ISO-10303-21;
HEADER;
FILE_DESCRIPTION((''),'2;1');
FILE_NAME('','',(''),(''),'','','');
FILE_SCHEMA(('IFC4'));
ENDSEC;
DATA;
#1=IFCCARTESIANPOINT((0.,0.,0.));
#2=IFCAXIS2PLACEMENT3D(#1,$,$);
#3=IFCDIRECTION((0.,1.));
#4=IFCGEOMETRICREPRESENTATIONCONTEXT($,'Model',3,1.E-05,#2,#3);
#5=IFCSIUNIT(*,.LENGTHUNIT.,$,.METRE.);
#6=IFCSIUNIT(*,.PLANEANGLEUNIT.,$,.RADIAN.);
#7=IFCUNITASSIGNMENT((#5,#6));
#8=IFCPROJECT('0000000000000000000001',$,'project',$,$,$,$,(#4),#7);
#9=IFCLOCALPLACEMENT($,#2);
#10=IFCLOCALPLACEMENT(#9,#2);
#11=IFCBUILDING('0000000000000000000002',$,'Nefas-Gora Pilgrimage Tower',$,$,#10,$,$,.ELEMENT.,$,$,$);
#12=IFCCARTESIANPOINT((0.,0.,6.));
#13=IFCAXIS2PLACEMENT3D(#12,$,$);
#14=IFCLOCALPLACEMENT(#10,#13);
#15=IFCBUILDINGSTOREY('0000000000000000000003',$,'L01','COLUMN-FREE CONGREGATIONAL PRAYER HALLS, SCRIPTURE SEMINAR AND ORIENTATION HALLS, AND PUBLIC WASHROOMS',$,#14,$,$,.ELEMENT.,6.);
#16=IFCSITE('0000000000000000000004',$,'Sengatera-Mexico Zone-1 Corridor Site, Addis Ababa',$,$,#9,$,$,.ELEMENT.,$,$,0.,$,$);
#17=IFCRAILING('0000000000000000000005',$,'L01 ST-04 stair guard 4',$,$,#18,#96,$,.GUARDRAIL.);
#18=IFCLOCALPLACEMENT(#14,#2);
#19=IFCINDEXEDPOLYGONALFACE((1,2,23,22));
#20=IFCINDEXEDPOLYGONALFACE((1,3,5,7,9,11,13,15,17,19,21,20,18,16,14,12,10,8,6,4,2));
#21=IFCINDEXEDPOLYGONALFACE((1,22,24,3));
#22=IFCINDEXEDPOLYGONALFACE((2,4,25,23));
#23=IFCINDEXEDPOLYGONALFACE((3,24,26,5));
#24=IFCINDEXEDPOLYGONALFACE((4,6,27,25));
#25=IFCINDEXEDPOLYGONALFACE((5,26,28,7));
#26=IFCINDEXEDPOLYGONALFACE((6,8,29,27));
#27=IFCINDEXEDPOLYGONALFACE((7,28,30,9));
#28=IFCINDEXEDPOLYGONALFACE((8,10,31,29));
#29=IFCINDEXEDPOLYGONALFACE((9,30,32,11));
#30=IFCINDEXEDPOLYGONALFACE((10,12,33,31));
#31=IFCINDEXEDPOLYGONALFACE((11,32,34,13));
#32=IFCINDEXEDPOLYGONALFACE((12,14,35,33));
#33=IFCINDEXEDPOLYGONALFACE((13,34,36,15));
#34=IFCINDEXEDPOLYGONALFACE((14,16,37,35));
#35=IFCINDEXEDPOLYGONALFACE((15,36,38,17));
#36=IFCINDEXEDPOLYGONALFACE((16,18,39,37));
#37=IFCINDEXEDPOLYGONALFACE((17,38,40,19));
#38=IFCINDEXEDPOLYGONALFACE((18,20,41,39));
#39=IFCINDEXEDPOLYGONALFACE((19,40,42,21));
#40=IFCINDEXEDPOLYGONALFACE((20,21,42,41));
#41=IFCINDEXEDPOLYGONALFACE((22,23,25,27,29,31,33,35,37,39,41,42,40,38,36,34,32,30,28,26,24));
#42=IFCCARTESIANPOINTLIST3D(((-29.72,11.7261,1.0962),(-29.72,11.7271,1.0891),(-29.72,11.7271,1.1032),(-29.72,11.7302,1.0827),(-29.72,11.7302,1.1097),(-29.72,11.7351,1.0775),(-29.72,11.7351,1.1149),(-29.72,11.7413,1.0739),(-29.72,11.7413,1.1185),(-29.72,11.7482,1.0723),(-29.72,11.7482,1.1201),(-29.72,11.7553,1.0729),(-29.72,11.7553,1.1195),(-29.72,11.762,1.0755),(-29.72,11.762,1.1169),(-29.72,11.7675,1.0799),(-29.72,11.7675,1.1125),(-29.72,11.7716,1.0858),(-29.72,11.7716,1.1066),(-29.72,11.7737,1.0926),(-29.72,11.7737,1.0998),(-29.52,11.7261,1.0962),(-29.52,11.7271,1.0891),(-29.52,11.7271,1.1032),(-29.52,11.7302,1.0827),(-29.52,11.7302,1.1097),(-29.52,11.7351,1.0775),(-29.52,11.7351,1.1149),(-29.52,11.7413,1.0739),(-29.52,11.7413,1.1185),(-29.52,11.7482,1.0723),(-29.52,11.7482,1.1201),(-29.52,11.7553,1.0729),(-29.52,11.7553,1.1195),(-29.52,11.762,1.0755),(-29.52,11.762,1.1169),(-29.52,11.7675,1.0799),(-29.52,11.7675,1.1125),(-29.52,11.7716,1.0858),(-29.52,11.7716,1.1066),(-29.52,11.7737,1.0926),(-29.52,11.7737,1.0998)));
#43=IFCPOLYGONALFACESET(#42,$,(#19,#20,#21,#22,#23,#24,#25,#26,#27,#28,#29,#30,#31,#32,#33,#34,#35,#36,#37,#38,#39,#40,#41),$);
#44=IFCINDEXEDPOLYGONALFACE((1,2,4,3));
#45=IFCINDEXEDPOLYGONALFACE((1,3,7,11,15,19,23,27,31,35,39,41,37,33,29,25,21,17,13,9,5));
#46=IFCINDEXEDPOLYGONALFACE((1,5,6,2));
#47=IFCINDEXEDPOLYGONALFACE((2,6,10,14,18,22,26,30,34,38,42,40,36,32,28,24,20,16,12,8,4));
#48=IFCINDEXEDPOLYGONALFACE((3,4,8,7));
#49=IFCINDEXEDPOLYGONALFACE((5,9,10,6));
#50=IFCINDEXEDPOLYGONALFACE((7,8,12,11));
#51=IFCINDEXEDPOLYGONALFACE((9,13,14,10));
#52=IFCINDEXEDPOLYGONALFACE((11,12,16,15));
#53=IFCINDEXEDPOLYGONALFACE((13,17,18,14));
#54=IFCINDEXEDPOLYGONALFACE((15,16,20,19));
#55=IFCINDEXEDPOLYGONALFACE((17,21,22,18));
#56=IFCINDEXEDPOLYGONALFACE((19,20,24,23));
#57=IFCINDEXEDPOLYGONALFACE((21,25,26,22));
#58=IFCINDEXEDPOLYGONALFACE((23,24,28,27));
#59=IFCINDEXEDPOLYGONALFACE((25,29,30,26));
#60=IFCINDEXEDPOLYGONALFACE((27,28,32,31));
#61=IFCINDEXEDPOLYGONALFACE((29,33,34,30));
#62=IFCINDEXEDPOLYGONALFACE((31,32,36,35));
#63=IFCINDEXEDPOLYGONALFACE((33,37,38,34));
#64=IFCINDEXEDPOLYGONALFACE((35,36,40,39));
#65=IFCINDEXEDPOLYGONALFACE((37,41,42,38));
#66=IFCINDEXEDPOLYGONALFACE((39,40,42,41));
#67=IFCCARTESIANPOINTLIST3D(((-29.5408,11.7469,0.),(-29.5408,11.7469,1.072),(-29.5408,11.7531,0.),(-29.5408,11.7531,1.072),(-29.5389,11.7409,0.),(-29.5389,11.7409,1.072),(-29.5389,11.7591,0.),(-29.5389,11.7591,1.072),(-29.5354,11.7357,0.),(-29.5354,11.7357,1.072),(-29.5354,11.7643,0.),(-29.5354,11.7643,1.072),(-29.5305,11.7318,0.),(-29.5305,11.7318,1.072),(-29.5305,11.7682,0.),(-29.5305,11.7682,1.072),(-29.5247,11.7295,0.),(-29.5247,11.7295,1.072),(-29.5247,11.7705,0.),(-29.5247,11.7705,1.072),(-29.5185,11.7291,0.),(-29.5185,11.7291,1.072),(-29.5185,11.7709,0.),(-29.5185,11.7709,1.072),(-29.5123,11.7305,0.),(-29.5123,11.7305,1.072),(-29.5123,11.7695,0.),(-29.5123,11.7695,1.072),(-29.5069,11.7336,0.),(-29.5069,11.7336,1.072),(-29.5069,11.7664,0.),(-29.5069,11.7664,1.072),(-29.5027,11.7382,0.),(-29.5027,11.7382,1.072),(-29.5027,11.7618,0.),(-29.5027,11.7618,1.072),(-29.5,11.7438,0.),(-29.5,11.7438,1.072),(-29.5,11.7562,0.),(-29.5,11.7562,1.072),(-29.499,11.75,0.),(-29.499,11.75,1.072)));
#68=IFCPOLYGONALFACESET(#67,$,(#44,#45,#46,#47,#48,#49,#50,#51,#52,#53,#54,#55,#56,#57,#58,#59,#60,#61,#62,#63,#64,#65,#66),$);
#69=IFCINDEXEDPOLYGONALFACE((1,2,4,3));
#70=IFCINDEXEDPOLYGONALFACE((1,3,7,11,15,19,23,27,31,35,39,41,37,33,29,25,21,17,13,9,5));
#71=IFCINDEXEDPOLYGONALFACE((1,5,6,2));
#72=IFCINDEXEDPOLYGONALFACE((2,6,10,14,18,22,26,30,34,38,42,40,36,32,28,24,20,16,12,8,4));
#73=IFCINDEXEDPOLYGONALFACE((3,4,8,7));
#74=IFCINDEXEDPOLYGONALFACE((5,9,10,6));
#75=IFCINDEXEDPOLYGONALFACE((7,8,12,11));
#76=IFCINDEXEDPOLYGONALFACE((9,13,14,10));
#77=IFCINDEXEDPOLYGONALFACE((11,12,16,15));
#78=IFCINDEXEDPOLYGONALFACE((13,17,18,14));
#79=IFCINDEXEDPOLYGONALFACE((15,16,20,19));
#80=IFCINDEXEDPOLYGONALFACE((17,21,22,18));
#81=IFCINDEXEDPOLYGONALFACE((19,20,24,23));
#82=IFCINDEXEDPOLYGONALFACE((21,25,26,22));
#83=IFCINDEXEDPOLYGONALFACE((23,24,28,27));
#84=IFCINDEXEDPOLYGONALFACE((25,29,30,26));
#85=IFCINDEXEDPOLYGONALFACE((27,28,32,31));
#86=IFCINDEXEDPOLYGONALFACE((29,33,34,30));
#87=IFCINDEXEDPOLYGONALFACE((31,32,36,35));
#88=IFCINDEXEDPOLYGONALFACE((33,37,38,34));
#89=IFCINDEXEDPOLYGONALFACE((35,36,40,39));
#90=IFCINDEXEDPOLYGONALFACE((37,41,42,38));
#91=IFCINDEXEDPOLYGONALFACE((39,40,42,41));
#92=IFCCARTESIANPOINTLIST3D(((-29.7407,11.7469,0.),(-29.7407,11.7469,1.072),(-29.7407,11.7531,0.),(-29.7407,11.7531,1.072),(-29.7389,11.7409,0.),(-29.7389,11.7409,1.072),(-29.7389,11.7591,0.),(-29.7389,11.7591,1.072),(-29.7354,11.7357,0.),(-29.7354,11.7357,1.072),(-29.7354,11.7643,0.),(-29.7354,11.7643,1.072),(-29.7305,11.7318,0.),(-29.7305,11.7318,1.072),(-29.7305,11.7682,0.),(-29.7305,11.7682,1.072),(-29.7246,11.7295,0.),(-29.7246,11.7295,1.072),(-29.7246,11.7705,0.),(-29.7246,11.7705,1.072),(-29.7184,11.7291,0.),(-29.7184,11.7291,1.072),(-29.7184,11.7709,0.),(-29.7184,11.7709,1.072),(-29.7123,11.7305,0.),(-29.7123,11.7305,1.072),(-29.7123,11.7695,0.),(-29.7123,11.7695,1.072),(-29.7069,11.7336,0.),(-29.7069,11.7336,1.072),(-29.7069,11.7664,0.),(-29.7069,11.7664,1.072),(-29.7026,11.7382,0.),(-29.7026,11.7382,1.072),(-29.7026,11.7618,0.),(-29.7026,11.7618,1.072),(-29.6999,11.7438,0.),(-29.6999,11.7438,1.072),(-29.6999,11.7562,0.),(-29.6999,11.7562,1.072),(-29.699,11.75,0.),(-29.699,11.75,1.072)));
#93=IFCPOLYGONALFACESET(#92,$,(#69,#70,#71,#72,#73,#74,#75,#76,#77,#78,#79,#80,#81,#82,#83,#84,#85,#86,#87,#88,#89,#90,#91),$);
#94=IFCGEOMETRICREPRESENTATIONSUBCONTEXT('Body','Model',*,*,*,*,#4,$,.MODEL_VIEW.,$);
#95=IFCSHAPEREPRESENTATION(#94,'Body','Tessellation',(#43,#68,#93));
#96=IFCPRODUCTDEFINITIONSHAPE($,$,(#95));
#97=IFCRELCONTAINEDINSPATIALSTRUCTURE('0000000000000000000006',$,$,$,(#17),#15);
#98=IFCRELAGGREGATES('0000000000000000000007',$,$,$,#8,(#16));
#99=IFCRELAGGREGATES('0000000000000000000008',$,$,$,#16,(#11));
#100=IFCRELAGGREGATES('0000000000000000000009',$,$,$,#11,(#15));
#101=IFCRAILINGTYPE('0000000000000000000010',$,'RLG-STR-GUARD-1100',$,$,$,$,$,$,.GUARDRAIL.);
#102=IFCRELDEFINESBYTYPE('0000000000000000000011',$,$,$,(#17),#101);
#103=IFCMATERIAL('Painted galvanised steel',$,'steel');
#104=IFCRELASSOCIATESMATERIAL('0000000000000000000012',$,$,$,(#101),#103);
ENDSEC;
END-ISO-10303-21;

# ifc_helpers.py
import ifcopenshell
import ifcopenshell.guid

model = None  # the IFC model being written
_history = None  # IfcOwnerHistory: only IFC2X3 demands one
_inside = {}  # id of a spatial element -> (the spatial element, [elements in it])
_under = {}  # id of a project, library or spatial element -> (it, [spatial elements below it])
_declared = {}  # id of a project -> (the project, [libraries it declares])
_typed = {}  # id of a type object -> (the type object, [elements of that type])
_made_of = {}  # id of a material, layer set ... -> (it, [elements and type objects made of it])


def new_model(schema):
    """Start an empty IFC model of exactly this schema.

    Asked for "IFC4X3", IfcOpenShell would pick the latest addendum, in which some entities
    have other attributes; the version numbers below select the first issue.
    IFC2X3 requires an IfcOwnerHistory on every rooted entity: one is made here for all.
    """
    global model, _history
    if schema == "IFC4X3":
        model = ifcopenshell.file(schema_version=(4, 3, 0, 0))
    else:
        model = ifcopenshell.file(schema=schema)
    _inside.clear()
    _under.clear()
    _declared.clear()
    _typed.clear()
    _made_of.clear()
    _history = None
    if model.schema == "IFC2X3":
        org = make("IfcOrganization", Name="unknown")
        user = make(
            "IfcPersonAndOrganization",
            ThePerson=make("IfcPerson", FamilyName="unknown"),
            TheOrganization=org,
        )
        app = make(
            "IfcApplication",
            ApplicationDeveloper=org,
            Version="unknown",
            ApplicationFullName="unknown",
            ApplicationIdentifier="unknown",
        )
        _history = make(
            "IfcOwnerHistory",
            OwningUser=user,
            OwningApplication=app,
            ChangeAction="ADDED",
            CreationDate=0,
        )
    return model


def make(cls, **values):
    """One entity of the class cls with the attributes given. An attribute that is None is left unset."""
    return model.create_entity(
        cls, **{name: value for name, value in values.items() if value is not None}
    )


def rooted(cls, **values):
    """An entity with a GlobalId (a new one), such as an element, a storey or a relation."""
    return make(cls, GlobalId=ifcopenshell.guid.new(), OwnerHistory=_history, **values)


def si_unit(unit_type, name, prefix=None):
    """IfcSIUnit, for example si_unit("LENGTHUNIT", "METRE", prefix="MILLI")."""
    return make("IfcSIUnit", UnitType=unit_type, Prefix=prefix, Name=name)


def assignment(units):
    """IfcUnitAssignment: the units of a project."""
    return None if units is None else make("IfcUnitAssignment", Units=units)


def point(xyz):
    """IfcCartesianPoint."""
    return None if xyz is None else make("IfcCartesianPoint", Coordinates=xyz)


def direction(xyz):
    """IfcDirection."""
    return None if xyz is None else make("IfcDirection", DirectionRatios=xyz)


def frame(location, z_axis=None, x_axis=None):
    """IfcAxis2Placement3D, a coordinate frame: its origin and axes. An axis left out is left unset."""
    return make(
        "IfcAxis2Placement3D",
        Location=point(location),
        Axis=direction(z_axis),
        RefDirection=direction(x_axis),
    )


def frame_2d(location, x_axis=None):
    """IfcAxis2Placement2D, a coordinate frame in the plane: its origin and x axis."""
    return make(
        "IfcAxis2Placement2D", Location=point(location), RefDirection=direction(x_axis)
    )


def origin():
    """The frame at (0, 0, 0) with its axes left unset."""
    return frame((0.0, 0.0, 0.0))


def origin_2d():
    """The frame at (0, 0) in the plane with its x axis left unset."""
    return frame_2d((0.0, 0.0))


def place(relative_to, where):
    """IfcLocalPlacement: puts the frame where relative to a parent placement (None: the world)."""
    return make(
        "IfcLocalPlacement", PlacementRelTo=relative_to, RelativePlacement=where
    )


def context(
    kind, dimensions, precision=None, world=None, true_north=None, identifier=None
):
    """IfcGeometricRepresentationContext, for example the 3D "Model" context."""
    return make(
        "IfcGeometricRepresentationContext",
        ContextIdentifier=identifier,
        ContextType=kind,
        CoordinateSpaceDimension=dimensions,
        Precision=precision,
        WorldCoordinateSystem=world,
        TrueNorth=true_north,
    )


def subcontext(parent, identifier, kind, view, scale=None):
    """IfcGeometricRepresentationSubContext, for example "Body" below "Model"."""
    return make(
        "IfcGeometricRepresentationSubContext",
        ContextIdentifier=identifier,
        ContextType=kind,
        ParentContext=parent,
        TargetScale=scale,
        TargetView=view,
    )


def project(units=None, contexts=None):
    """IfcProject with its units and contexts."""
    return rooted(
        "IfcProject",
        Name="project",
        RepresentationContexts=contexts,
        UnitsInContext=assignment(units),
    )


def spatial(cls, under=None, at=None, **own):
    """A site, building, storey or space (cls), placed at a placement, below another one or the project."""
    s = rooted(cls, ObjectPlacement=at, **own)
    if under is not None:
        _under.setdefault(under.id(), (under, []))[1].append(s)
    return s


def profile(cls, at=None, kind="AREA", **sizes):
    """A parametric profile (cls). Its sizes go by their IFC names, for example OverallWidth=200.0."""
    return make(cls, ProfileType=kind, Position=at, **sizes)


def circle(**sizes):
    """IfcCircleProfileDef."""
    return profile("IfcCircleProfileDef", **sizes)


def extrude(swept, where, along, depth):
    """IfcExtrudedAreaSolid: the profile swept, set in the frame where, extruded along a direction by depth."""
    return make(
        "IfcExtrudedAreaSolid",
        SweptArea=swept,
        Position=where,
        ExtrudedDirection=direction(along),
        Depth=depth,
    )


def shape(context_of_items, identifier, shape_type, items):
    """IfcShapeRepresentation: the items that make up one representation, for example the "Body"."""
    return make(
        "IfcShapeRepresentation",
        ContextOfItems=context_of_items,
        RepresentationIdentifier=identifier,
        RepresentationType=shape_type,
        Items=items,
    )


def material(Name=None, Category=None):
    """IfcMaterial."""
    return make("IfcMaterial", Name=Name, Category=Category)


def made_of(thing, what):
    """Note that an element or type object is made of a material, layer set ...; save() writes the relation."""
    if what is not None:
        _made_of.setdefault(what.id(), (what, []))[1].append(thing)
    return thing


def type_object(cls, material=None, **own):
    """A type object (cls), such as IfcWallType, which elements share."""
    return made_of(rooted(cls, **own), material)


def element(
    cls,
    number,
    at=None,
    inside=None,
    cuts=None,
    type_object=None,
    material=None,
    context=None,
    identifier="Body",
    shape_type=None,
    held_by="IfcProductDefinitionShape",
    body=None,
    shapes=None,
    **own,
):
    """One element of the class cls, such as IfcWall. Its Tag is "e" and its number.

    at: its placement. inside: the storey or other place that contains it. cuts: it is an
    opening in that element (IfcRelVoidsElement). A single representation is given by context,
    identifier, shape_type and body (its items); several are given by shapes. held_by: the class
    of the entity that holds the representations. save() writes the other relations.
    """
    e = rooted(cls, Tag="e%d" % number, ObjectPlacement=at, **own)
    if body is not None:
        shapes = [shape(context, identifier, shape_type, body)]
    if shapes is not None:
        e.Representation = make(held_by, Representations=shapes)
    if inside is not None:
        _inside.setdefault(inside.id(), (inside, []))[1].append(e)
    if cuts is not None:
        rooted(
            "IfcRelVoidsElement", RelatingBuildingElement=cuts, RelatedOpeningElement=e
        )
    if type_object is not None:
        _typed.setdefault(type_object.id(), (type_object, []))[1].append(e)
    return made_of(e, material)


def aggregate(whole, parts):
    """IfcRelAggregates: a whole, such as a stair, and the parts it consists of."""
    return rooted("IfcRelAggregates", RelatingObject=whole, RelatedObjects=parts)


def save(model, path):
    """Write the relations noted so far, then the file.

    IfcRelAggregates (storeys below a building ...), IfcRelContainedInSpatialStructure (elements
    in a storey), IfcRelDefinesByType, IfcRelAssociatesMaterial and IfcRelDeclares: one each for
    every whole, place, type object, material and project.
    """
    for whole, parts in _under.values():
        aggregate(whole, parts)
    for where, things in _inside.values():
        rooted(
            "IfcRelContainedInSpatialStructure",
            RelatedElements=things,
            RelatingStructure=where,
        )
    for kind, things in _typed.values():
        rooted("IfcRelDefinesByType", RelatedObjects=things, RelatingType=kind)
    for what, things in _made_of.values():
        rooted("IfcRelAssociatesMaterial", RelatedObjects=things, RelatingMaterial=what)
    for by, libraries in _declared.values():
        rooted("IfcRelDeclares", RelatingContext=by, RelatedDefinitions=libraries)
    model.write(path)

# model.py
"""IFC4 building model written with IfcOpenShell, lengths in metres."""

from ifc_helpers import new_model, si_unit, direction, frame, origin, origin_2d, place, context, subcontext, project, spatial, circle, extrude, material, type_object, element, save


model = new_model("IFC4")

# Units and contexts
model_context = context("Model", 3, precision=1e-05, world=origin(), true_north=direction((0.0, 1.0)))
body_context = subcontext(model_context, "Body", "Model", "MODEL_VIEW")
ifc_project = project(units=[si_unit("LENGTHUNIT", "METRE"), si_unit("PLANEANGLEUNIT", "RADIAN")], contexts=[model_context])

# Site, building, storey
site_placement = place(None, origin())
site = spatial("IfcSite", under=ifc_project, at=site_placement, Name="Sengatera-Mexico Zone-1 Corridor Site, Addis Ababa", CompositionType="ELEMENT", RefElevation=0.0)
building_placement = place(site_placement, origin())
building = spatial("IfcBuilding", under=site, at=building_placement, Name="Nefas-Gora Pilgrimage Tower", CompositionType="ELEMENT")
storey_placement = place(building_placement, frame((0.0, 0.0, 6.0)))
storey = spatial("IfcBuildingStorey", under=building, at=storey_placement, Name="L01", Description="COLUMN-FREE CONGREGATIONAL PRAYER HALLS, SCRIPTURE SEMINAR AND ORIENTATION HALLS, AND PUBLIC WASHROOMS", CompositionType="ELEMENT", Elevation=6.0)

# Railing
ifc_material_1 = material(Name="Painted galvanised steel", Category="steel")
railing_type_1 = type_object("IfcRailingType", Name="RLG-STR-GUARD-1100", PredefinedType="GUARDRAIL", material=ifc_material_1)
railing_1_placement = place(storey_placement, frame((-29.52, 11.75, 0.0)))
element("IfcRailing", 1, at=railing_1_placement, inside=storey, type_object=railing_type_1, Name="L01 ST-04 stair guard 4", PredefinedType="GUARDRAIL", context=body_context, shape_type="SweptSolid", body=[
    extrude(circle(Radius=0.0239, at=origin_2d()), frame((0.0, 0.0, 1.0962), z_axis=(-1.0, 0.0, 0.0), x_axis=(0.0, -1.0, 0.0)), (0.0, 0.0, 1.0), 0.2),
    extrude(circle(Radius=0.021, at=origin_2d()), origin(), (0.0, 0.0, 1.0), 1.072),
    extrude(circle(Radius=0.021, at=origin_2d()), frame((-0.2, 0.0, 0.0)), (0.0, 0.0, 1.0), 1.072),
])

save(model, "model.ifc")
